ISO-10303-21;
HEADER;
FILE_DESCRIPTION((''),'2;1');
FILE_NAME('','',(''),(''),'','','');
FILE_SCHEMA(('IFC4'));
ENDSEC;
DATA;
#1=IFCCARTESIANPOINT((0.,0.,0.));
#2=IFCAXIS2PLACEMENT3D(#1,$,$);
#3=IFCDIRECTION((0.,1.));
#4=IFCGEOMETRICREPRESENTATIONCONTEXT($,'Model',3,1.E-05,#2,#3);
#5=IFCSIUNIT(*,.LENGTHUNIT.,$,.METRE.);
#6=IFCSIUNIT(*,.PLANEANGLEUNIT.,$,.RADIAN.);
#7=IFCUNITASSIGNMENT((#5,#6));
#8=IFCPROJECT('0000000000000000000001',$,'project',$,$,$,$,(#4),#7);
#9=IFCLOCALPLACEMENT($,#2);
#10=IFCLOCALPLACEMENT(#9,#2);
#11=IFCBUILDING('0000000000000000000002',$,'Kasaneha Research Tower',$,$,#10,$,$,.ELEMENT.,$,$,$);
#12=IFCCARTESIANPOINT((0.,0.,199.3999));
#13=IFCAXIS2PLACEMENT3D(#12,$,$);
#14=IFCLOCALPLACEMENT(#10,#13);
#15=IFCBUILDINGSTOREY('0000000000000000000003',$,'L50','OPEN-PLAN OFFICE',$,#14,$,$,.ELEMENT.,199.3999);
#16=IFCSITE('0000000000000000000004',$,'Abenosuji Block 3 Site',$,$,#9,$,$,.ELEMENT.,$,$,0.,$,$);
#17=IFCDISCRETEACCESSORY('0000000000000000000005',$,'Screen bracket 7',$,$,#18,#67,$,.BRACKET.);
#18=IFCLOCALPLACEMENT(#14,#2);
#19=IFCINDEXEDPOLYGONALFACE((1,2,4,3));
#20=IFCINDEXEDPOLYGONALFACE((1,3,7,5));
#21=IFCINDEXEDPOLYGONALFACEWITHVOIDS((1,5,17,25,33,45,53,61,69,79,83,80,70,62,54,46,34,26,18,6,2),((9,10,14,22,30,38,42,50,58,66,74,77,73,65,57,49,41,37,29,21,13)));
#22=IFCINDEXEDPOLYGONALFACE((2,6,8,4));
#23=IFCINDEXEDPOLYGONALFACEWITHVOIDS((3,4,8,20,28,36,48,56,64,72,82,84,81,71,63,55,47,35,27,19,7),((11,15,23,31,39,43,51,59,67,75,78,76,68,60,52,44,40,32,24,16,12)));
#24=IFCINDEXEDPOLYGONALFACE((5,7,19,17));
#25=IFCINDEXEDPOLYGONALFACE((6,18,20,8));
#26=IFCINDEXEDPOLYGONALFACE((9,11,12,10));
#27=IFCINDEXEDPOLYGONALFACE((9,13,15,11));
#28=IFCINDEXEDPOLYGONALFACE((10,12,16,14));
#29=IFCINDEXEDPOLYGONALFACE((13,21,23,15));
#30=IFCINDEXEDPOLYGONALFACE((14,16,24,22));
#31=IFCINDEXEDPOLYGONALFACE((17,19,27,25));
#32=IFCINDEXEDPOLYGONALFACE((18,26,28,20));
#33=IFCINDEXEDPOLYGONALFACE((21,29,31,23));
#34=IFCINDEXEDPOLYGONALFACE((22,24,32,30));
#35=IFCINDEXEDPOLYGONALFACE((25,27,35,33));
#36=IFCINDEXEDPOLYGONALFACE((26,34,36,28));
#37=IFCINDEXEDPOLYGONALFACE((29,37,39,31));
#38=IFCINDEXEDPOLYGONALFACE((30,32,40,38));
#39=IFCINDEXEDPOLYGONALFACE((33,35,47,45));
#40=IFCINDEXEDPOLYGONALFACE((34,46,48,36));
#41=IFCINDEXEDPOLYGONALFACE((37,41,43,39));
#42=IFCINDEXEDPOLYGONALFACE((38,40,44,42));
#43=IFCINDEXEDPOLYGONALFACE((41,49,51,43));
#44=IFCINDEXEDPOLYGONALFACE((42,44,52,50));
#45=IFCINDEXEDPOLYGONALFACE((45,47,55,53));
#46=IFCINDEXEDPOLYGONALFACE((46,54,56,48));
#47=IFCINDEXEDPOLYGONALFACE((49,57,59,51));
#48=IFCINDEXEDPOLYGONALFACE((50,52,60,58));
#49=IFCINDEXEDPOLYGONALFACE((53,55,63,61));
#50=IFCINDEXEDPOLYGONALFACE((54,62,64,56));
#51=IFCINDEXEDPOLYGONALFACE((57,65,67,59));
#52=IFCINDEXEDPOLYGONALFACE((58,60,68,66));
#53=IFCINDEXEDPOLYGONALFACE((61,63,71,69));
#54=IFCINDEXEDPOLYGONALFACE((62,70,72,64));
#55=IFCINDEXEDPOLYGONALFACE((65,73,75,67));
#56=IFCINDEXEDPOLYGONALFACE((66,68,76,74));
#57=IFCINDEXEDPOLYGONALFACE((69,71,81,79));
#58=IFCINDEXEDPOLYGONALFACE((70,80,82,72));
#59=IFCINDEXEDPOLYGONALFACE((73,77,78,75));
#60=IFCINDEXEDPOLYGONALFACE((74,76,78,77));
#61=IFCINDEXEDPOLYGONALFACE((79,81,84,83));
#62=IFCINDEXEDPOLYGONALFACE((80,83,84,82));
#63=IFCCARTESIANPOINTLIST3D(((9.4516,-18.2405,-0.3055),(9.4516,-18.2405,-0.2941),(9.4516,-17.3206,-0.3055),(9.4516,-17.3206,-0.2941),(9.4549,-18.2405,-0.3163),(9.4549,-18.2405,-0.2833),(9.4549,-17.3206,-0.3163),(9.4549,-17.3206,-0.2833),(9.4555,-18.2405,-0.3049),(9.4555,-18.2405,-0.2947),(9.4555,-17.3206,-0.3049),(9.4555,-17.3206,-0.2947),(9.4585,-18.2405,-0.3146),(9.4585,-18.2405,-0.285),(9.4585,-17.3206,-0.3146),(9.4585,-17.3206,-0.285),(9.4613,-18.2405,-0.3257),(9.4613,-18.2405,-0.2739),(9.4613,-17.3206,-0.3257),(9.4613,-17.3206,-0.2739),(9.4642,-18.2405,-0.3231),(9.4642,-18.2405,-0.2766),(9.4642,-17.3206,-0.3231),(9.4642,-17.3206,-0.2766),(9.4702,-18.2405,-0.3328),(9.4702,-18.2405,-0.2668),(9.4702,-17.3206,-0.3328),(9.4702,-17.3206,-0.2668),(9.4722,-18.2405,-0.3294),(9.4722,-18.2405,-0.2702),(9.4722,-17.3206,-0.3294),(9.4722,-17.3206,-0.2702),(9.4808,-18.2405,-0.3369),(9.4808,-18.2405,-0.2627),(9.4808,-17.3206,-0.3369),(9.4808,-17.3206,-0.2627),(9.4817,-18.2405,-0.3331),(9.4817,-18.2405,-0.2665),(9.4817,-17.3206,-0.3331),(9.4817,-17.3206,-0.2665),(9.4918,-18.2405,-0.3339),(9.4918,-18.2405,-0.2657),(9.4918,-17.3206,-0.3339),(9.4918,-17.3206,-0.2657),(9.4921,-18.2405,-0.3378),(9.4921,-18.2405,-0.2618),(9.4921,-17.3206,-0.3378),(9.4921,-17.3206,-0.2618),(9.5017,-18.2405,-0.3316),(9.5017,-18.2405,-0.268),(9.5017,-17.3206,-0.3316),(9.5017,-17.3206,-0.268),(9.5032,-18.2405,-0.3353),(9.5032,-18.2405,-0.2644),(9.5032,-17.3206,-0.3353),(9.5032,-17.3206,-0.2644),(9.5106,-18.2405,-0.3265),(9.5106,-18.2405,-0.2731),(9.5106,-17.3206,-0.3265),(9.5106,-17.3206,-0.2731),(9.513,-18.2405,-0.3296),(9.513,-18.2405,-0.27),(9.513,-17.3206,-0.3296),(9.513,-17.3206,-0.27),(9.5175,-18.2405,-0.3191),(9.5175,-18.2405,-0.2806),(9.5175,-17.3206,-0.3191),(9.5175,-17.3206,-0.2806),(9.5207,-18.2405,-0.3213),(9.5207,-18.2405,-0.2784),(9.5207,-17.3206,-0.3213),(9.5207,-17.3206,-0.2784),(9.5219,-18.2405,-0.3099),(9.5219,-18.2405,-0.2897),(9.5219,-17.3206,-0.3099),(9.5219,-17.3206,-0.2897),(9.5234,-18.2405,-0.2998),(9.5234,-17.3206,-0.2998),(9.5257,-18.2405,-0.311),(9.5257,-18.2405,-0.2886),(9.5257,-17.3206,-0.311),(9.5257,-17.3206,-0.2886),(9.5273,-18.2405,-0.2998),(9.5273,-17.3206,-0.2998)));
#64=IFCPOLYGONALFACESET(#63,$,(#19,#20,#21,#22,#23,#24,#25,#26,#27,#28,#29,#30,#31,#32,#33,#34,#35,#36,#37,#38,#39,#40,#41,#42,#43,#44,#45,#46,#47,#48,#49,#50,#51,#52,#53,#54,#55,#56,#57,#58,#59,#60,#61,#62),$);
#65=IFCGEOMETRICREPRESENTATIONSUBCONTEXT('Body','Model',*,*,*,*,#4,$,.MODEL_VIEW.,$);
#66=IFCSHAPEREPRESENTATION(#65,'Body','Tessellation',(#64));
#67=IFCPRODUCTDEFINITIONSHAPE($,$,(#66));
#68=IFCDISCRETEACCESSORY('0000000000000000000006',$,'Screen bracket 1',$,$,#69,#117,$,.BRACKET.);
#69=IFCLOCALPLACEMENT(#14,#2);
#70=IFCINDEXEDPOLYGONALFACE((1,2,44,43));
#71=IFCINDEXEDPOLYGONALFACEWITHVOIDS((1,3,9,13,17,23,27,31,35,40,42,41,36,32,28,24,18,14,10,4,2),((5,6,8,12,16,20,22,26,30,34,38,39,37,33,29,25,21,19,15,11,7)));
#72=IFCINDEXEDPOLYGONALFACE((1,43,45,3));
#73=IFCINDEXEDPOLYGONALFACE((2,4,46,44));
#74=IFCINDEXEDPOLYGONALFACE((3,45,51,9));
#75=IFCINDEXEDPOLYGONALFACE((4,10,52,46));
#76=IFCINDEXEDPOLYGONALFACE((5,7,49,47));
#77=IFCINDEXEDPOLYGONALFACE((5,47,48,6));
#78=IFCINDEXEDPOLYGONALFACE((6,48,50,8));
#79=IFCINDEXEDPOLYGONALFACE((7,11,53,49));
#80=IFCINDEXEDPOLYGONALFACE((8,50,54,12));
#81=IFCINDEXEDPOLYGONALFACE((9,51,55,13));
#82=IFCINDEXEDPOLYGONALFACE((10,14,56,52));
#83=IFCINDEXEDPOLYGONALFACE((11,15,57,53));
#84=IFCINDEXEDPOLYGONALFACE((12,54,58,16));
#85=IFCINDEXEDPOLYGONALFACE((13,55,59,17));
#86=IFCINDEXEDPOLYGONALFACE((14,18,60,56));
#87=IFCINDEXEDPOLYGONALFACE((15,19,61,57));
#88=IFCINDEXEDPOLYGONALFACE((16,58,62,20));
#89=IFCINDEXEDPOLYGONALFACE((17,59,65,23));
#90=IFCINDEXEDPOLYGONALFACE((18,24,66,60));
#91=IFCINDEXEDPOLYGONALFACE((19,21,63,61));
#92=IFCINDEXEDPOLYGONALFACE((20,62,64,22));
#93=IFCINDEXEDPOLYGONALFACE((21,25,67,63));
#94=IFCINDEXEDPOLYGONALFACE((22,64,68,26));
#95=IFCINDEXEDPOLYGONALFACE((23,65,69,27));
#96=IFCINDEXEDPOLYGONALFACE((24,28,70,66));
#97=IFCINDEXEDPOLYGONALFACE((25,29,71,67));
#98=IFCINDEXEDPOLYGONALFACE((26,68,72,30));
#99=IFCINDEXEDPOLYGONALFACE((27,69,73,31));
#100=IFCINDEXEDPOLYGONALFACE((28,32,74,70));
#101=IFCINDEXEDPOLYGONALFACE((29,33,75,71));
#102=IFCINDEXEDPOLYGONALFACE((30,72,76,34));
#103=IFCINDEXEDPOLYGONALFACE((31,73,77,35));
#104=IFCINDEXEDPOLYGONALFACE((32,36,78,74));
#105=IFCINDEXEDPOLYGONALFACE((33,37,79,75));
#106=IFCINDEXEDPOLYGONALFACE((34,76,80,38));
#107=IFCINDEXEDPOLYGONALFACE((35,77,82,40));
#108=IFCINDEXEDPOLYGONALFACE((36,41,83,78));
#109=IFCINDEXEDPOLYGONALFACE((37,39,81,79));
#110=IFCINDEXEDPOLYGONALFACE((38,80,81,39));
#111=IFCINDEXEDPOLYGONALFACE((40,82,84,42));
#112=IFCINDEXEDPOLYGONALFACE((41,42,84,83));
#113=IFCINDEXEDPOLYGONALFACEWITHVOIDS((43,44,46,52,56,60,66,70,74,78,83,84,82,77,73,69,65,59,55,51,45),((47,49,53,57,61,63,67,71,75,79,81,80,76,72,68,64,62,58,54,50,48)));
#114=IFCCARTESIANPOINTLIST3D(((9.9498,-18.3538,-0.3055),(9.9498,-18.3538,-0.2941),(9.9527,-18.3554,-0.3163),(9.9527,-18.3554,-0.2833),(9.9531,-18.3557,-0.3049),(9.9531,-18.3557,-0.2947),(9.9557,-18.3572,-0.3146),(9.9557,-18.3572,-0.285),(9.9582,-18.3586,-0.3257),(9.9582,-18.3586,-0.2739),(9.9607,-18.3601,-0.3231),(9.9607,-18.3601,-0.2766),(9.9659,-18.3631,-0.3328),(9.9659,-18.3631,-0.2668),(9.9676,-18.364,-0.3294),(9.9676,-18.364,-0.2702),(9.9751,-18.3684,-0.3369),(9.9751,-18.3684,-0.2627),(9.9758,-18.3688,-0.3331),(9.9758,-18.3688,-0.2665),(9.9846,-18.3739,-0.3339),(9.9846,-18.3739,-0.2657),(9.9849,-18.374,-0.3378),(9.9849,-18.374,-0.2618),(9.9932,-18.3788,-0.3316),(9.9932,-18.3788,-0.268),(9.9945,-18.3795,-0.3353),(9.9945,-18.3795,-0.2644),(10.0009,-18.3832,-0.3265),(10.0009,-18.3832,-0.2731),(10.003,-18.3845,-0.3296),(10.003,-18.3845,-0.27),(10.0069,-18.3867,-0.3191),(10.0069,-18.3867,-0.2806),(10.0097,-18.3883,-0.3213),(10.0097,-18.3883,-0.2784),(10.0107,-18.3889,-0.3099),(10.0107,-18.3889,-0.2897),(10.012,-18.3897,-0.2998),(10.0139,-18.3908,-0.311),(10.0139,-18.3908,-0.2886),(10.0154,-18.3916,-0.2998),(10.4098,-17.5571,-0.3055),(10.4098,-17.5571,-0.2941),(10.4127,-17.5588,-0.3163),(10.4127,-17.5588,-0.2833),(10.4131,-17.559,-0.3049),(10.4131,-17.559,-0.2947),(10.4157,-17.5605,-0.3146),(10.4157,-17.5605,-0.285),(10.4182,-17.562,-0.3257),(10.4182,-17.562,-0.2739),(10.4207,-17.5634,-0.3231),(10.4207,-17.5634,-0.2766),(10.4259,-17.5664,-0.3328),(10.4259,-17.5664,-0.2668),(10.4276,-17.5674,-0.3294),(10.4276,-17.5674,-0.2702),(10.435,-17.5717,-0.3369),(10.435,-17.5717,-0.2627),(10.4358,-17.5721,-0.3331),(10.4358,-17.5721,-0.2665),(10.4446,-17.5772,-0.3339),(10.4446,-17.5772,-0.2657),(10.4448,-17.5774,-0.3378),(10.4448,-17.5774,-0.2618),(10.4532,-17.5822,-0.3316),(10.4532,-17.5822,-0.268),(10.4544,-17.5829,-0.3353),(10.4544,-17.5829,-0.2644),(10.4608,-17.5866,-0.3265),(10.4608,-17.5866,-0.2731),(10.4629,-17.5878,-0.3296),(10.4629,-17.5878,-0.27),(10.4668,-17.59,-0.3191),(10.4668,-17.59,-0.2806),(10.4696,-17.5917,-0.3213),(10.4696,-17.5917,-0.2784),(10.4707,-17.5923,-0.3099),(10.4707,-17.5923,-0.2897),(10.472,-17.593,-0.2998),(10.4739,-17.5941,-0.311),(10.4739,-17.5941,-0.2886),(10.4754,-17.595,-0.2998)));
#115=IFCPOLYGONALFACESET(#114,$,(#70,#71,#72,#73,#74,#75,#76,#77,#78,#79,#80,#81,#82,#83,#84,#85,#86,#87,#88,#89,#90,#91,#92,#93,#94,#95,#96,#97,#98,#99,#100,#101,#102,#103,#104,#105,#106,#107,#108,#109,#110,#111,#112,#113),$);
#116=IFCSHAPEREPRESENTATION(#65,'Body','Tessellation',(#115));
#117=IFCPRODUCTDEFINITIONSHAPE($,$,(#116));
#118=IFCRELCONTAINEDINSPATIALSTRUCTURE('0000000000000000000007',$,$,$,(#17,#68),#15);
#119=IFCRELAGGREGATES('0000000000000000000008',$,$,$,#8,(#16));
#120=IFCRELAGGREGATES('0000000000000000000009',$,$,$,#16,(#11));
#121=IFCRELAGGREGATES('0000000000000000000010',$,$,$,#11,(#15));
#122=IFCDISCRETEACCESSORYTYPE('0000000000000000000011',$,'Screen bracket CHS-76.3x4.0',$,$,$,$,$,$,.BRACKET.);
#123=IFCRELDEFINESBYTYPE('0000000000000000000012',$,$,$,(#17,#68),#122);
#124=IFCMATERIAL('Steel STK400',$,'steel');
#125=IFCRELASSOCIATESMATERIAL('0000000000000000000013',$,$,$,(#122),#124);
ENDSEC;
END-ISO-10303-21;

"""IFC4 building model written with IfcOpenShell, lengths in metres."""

from ifc_helpers import new_model, si_unit, direction, frame, origin, origin_2d, place, context, subcontext, project, spatial, hollow_circle, extrude, material, material_profile, profile_set, type_object, element, save


model = new_model("IFC4")

# Units and contexts
model_context = context("Model", 3, precision=1e-05, world=origin(), true_north=direction((0.0, 1.0)))
body_context = subcontext(model_context, "Body", "Model", "MODEL_VIEW")
ifc_project = project(units=[si_unit("LENGTHUNIT", "METRE"), si_unit("PLANEANGLEUNIT", "RADIAN")], contexts=[model_context])

# Site, building, storey
site_placement = place(None, origin())
site = spatial("IfcSite", under=ifc_project, at=site_placement, Name="Abenosuji Block 3 Site", CompositionType="ELEMENT", RefElevation=0.0)
building_placement = place(site_placement, origin())
building = spatial("IfcBuilding", under=site, at=building_placement, Name="Kasaneha Research Tower", CompositionType="ELEMENT")
storey_placement = place(building_placement, frame((0.0, 0.0, 199.3999)))
storey = spatial("IfcBuildingStorey", under=building, at=storey_placement, Name="L50", Description="OPEN-PLAN OFFICE", CompositionType="ELEMENT", Elevation=199.3999)

# Discrete accessories
ifc_material_1 = material(Name="Steel STK400", Category="steel")
ifc_material_profile_1 = material_profile(ifc_material_1, hollow_circle(Radius=0.0381, WallThickness=0.0039, at=origin_2d()), Name="CHS-76.3x4.0")
ifc_profile_set_1 = profile_set([ifc_material_profile_1], Name="Steel STK400")
discrete_accessory_type = type_object("IfcDiscreteAccessoryType", Name="Screen bracket CHS-76.3x4.0", PredefinedType="BRACKET", material=ifc_profile_set_1)
for number, where, z_axis, x_axis, name in (
    (1, (9.4893, -17.3206, -0.2998), (0.0, -1.0, 0.0), (1.0, 0.0, 0.0), "Screen bracket 7"),
    (2, (10.4424, -17.5759, -0.2998), (-0.500021, -0.866013, 0.0), (0.866013, -0.500021, 0.0), "Screen bracket 1"),
):
    element("IfcDiscreteAccessory", number, at=place(storey_placement, frame(where, z_axis=z_axis, x_axis=x_axis)), inside=storey, type_object=discrete_accessory_type, Name=name, PredefinedType="BRACKET", context=body_context, shape_type="SweptSolid", body=[
        extrude(hollow_circle(Radius=0.0381, WallThickness=0.0039, at=origin_2d()), origin(), (0.0, 0.0, 1.0), 0.9199),
    ])

save(model, "model.ifc")
